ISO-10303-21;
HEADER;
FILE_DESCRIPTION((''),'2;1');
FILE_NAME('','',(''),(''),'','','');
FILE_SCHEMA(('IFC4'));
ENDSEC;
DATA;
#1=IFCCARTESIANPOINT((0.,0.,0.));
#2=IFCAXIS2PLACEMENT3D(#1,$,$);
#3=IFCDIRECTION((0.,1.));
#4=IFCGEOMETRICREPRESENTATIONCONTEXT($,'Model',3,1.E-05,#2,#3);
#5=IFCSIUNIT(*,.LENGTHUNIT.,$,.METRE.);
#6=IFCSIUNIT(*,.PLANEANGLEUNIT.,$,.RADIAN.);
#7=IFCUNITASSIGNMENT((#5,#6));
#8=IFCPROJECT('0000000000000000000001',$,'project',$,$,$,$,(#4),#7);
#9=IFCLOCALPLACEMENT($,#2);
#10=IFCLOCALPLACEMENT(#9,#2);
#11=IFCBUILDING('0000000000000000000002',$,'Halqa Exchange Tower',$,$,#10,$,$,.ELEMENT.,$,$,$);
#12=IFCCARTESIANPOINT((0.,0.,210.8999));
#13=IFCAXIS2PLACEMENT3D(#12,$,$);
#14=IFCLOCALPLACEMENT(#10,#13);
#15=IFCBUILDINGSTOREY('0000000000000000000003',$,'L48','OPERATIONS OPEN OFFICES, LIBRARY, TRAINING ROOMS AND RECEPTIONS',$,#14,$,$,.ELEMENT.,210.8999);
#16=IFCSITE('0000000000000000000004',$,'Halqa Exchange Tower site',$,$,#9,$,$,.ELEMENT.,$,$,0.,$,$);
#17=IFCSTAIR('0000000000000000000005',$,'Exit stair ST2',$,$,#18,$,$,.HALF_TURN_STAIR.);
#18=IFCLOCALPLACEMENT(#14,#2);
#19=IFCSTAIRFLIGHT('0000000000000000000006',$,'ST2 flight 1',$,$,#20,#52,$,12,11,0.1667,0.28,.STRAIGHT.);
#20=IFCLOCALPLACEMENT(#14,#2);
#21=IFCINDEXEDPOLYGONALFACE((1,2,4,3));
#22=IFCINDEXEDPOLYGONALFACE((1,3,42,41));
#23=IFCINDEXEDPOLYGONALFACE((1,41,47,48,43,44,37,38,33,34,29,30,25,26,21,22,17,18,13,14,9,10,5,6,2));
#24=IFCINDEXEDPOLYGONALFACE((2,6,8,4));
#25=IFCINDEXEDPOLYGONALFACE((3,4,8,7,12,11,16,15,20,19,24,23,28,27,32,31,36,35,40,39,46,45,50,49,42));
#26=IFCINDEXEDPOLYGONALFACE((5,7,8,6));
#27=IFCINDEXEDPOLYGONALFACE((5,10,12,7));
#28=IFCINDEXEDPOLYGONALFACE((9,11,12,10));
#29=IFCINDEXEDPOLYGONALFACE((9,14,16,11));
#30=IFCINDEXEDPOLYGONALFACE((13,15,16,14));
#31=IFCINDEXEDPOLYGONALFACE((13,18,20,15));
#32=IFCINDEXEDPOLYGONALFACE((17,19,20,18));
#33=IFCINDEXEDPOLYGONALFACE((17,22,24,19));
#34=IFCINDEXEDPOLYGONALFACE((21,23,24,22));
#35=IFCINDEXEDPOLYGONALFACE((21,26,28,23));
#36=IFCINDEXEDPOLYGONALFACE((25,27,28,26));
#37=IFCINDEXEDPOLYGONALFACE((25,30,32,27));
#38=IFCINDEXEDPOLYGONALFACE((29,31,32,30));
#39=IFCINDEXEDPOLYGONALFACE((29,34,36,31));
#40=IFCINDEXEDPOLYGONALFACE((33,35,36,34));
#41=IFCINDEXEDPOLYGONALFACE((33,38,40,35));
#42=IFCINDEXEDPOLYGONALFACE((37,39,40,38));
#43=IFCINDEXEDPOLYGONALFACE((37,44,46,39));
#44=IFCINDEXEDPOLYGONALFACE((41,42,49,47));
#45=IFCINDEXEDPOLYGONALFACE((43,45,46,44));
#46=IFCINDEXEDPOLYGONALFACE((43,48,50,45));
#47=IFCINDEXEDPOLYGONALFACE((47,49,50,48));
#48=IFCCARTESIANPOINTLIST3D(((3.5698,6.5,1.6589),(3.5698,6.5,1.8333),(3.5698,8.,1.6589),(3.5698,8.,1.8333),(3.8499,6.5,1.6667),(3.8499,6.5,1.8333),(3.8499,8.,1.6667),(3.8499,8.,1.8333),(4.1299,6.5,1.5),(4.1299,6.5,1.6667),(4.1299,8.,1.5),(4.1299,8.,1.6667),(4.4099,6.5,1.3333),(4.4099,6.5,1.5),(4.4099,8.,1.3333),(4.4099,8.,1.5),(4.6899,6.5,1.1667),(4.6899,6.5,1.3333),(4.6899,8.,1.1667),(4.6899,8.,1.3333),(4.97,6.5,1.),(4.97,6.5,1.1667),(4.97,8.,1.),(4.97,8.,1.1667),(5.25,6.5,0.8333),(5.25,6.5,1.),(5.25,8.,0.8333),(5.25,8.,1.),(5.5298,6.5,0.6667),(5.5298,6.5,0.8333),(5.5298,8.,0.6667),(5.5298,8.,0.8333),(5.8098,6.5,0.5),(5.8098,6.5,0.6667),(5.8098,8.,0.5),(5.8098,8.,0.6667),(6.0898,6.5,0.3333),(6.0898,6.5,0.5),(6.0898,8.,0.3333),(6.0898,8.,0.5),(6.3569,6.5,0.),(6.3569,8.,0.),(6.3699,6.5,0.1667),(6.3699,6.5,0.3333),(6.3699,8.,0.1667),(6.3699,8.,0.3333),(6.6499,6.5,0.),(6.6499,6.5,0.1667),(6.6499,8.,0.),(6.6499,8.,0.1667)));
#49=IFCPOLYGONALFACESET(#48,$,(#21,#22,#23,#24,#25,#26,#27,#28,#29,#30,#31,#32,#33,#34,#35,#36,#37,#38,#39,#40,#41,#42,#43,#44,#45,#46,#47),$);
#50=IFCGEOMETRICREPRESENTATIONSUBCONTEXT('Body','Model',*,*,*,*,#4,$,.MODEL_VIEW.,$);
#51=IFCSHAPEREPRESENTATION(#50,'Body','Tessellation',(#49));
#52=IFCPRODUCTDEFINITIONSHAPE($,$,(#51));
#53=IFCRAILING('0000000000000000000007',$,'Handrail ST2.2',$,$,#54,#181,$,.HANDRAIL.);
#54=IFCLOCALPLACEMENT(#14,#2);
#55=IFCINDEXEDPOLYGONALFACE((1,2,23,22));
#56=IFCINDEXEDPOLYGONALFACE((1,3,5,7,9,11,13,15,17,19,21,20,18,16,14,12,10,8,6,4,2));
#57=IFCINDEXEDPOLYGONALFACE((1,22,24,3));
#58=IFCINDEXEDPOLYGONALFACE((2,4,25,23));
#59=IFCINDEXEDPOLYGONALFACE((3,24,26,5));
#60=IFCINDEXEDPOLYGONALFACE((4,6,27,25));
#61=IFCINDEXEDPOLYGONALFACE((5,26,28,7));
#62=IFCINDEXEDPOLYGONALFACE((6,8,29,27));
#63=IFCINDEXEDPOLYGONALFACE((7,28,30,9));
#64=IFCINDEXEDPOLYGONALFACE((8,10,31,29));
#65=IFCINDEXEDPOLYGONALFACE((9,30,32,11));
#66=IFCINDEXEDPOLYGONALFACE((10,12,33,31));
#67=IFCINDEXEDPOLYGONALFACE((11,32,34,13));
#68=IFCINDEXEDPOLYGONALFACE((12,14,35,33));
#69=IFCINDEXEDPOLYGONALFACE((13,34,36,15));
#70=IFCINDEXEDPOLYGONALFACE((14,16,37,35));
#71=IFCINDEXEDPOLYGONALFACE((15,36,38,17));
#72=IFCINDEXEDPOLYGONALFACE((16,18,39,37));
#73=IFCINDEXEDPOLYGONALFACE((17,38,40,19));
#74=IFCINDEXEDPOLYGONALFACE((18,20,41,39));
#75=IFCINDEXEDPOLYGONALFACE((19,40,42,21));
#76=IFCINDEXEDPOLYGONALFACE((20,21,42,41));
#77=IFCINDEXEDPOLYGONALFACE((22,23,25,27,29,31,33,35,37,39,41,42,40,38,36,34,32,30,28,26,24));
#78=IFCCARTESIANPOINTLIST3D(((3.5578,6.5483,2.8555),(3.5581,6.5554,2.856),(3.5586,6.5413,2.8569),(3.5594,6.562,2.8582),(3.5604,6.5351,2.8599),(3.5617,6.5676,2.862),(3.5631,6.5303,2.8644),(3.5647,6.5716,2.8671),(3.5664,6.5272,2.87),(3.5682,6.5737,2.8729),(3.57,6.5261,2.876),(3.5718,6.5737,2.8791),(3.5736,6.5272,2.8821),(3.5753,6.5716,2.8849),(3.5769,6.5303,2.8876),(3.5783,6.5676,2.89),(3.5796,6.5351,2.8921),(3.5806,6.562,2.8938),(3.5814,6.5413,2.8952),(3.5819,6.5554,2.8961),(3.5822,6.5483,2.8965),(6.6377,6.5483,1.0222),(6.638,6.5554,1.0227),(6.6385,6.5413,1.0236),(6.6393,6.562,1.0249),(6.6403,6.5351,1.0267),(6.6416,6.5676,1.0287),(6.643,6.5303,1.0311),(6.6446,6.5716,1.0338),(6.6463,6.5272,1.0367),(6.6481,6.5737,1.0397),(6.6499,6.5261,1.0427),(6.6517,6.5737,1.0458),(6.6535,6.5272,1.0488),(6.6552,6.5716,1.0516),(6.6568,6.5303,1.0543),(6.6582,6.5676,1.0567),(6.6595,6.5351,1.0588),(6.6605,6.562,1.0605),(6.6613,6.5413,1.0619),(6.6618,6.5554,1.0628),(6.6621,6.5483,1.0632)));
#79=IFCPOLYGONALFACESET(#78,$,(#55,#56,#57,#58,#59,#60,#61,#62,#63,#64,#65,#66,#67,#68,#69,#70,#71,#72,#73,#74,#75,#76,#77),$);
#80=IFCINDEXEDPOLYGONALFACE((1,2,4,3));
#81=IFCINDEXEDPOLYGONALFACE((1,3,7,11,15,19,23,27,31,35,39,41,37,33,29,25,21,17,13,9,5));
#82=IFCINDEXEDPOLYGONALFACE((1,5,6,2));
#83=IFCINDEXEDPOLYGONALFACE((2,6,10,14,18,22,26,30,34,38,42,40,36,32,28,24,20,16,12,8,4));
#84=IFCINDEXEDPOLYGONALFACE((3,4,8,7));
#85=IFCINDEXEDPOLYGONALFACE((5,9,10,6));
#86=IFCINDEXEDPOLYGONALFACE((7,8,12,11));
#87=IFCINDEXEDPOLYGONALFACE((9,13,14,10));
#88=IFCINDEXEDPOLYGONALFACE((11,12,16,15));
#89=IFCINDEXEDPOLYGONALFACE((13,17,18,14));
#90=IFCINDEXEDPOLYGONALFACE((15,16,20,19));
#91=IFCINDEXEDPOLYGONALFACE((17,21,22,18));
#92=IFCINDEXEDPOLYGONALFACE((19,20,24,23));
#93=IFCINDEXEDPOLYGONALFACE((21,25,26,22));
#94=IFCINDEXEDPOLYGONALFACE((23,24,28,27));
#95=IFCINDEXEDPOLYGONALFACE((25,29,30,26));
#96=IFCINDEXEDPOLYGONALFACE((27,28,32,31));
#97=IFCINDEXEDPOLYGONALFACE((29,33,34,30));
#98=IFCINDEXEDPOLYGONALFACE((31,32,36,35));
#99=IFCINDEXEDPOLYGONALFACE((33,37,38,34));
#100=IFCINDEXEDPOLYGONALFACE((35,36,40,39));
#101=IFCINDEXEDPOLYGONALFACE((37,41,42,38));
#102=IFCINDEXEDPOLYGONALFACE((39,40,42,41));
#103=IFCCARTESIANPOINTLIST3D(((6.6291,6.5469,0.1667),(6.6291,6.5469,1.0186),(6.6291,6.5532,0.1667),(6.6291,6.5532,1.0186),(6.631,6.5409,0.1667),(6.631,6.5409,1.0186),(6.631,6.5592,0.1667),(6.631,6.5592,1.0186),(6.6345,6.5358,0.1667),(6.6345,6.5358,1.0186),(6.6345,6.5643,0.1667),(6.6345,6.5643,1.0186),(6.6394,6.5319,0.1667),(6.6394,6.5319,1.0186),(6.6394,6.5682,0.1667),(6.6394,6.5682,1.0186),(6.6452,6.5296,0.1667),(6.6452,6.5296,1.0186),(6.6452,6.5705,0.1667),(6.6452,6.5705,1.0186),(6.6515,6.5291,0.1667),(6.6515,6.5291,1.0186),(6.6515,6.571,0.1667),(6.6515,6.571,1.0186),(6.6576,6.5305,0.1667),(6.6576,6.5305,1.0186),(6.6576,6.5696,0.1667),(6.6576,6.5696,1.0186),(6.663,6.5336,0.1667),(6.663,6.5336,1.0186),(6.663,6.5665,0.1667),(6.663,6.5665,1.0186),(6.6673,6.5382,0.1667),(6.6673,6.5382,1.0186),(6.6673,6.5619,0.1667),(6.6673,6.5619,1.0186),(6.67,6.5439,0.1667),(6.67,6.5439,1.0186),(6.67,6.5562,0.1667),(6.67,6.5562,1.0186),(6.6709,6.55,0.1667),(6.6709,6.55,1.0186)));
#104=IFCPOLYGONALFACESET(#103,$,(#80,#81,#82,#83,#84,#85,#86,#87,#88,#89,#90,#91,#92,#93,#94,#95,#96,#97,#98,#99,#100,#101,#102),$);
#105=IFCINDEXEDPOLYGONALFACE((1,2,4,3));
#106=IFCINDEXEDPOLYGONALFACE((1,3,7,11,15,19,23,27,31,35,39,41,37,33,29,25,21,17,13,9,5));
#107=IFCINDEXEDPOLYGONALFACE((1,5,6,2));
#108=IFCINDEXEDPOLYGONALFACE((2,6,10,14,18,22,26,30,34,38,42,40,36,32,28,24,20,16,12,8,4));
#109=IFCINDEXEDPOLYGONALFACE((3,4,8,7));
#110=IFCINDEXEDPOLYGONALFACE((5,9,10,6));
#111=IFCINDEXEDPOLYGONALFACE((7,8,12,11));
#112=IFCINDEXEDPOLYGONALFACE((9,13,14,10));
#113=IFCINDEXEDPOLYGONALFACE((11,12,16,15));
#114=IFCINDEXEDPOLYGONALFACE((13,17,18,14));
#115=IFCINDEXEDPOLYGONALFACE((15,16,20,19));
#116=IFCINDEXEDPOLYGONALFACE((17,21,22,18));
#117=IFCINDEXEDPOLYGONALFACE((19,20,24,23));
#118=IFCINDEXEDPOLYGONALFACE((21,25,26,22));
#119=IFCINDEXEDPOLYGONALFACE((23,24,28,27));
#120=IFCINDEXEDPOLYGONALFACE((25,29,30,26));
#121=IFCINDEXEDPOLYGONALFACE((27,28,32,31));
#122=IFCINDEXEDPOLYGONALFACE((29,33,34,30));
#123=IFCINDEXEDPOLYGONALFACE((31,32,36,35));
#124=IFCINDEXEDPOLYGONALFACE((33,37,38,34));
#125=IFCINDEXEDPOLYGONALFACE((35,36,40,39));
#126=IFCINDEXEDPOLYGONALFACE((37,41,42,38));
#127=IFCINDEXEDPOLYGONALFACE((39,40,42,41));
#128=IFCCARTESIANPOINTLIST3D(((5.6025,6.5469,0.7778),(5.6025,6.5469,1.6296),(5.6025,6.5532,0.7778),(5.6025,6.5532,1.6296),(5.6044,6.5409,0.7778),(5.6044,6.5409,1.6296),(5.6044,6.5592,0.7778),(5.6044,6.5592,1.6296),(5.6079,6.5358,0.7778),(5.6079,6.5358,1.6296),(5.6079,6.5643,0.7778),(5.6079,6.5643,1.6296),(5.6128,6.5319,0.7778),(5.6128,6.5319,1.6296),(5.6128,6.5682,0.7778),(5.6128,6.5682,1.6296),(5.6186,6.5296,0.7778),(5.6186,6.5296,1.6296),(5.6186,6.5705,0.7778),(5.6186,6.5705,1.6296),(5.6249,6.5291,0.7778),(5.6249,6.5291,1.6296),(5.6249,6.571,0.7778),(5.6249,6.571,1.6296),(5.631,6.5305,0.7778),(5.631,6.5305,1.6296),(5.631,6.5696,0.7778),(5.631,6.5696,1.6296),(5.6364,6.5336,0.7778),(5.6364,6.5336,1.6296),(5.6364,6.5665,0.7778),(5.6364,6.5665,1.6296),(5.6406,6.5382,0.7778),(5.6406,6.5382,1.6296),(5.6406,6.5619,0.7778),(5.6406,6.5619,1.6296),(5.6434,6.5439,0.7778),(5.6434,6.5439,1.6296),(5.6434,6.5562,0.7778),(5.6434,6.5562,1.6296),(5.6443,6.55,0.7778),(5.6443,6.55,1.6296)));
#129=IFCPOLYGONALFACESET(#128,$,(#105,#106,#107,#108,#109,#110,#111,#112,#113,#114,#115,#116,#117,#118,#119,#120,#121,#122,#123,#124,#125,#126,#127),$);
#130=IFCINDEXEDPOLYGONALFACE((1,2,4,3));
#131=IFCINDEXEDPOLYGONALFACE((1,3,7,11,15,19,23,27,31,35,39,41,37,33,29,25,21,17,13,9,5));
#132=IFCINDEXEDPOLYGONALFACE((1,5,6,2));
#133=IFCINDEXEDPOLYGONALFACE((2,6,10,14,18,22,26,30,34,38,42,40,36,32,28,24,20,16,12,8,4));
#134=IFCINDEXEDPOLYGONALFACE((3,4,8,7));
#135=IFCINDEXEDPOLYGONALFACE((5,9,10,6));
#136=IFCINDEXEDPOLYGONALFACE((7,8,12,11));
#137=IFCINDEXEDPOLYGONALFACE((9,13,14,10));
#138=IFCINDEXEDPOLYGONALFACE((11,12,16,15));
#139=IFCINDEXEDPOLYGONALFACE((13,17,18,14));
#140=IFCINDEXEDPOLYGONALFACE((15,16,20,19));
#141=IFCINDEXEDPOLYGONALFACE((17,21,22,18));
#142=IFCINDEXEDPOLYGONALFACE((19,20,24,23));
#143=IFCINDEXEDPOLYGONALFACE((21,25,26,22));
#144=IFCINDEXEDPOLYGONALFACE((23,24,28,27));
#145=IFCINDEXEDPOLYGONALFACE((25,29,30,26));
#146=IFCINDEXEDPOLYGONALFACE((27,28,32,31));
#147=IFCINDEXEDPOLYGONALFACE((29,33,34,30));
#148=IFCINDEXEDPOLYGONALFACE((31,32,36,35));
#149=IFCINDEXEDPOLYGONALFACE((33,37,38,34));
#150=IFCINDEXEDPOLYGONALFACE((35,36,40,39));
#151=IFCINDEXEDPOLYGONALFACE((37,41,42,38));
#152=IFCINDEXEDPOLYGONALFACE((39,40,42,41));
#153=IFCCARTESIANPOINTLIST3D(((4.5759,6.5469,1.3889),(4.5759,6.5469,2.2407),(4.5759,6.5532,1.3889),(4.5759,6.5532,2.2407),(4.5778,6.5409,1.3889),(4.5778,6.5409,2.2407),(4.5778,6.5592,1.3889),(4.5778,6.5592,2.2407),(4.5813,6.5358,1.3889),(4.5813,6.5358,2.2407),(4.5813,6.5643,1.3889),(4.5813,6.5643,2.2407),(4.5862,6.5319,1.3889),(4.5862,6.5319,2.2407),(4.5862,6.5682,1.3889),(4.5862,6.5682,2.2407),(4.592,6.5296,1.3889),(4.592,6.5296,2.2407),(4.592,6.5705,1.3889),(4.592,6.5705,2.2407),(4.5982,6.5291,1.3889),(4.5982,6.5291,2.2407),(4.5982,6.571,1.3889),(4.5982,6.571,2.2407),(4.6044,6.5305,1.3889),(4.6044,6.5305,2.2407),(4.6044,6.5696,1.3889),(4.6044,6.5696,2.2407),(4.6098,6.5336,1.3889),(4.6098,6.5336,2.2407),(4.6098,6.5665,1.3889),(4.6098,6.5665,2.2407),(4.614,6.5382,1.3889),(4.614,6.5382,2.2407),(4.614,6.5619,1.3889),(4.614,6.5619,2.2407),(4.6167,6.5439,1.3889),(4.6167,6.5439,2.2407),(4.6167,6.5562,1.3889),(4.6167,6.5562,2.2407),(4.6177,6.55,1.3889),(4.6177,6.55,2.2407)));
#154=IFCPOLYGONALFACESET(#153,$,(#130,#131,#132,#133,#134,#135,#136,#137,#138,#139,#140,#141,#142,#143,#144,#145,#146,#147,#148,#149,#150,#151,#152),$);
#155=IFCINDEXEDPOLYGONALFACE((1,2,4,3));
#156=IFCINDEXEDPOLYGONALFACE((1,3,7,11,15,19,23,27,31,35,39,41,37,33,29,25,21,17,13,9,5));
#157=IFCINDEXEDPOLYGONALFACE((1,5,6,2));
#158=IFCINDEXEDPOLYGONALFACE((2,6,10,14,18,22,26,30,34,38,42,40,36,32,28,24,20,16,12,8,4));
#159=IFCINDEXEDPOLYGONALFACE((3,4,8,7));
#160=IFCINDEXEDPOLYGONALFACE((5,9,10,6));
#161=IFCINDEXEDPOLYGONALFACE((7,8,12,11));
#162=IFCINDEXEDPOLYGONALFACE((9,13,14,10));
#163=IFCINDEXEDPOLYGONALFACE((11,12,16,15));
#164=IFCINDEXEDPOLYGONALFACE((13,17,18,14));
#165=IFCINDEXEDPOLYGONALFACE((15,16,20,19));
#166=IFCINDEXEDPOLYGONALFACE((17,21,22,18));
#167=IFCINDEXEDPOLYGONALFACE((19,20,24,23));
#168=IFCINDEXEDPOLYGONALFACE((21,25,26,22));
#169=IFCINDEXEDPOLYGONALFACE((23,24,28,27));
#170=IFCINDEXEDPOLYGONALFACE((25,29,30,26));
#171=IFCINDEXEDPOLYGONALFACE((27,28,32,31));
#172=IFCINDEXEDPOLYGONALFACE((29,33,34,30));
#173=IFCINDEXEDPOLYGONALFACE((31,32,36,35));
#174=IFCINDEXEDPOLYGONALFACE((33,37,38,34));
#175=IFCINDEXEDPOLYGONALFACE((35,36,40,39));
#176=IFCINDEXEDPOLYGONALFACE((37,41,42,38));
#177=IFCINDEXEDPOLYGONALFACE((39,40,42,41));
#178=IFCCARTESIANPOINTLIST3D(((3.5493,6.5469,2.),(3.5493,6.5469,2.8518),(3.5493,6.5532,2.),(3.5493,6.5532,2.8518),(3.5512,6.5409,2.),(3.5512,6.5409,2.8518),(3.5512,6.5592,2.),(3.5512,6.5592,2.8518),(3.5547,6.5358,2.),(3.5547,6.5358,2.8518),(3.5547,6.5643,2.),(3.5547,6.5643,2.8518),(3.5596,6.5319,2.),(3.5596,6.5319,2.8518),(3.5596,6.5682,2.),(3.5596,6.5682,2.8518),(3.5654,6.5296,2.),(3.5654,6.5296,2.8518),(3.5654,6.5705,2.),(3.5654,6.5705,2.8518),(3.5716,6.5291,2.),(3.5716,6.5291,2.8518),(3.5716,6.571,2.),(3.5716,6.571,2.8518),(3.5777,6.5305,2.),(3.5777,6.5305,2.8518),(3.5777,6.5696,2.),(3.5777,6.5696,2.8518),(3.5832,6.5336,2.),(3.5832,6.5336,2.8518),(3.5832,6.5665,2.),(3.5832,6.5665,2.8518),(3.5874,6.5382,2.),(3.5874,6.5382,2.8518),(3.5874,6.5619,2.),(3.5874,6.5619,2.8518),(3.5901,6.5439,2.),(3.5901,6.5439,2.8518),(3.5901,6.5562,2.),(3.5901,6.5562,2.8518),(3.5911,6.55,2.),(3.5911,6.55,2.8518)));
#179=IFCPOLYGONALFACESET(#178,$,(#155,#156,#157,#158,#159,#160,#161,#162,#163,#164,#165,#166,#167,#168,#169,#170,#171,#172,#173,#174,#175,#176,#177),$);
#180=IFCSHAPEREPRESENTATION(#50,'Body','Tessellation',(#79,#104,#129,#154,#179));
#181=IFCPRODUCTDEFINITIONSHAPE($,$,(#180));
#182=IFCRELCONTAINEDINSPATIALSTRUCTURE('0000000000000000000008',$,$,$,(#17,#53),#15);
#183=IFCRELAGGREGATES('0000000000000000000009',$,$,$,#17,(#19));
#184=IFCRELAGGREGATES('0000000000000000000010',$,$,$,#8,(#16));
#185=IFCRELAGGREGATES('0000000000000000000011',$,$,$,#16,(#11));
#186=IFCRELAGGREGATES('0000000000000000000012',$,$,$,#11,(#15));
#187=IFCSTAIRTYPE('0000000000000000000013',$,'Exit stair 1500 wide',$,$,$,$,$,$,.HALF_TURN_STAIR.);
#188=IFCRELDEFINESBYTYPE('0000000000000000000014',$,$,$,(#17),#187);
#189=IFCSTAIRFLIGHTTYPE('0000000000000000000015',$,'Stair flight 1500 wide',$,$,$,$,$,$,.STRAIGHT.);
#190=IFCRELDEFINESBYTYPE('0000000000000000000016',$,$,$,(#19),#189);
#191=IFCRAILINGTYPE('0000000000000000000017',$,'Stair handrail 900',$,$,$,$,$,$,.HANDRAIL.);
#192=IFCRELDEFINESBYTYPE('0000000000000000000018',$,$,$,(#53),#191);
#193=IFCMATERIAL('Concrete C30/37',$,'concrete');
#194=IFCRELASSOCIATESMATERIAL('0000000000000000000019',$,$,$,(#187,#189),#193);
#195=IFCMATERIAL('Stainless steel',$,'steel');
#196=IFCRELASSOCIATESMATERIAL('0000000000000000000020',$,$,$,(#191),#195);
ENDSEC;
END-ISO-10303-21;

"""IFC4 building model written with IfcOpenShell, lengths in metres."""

from ifc_helpers import new_model, si_unit, direction, frame, origin, origin_2d, place, context, subcontext, project, spatial, polyline, circle, outline, extrude, material, type_object, element, aggregate, save


model = new_model("IFC4")

# Units and contexts
model_context = context("Model", 3, precision=1e-05, world=origin(), true_north=direction((0.0, 1.0)))
body_context = subcontext(model_context, "Body", "Model", "MODEL_VIEW")
ifc_project = project(units=[si_unit("LENGTHUNIT", "METRE"), si_unit("PLANEANGLEUNIT", "RADIAN")], contexts=[model_context])

# Site, building, storey
site_placement = place(None, origin())
site = spatial("IfcSite", under=ifc_project, at=site_placement, Name="Halqa Exchange Tower site", CompositionType="ELEMENT", RefElevation=0.0)
building_placement = place(site_placement, origin())
building = spatial("IfcBuilding", under=site, at=building_placement, Name="Halqa Exchange Tower", CompositionType="ELEMENT")
storey_placement = place(building_placement, frame((0.0, 0.0, 210.8999)))
storey = spatial("IfcBuildingStorey", under=building, at=storey_placement, Name="L48", Description="OPERATIONS OPEN OFFICES, LIBRARY, TRAINING ROOMS AND RECEPTIONS", CompositionType="ELEMENT", Elevation=210.8999)

# Stair
ifc_material_1 = material(Name="Concrete C30/37", Category="concrete")
stair_type = type_object("IfcStairType", Name="Exit stair 1500 wide", PredefinedType="HALF_TURN_STAIR", material=ifc_material_1)
stair_1_placement = place(storey_placement, origin())
stair_1 = element("IfcStair", 1, at=stair_1_placement, inside=storey, type_object=stair_type, Name="Exit stair ST2", PredefinedType="HALF_TURN_STAIR")

# Stair flight
stair_flight_type = type_object("IfcStairFlightType", Name="Stair flight 1500 wide", PredefinedType="STRAIGHT", material=ifc_material_1)
stair_flight_placement = place(storey_placement, frame((6.6499, 7.25, 0.0), z_axis=(0.0, 0.0, 1.0), x_axis=(-1.0, 0.0, 0.0)))
stair_flight = element("IfcStairFlight", 2, at=stair_flight_placement, type_object=stair_flight_type, Name="ST2 flight 1", NumberOfRisers=12, NumberOfTreads=11, PredefinedType="STRAIGHT", RiserHeight=0.1667, TreadLength=0.28, context=body_context, shape_type="SweptSolid", body=[
    extrude(outline(polyline([(0.0, 0.0), (0.0, 0.1667), (0.28, 0.1667), (0.28, 0.3333), (0.5601, 0.3333), (0.5601, 0.5), (0.8401, 0.5), (0.8401, 0.6667), (1.1201, 0.6667), (1.1201, 0.8333), (1.3999, 0.8333), (1.3999, 1.0), (1.6799, 1.0), (1.6799, 1.1667), (1.96, 1.1667), (1.96, 1.3333), (2.24, 1.3333), (2.24, 1.5), (2.52, 1.5), (2.52, 1.6667), (2.8, 1.6667), (2.8, 1.8333), (3.0801, 1.8333), (3.0801, 2.0), (3.0801, 1.6589), (0.293, 0.0), (0.0, 0.0)])), frame((0.0, 0.75, 0.0), z_axis=(0.0, -1.0, 0.0), x_axis=(1.0, 0.0, 0.0)), (0.0, 0.0, 1.0), 1.5),
])
aggregate(stair_1, [stair_flight])

# Railing
ifc_material_2 = material(Name="Stainless steel", Category="steel")
railing_type_1 = type_object("IfcRailingType", Name="Stair handrail 900", PredefinedType="HANDRAIL", material=ifc_material_2)
railing_1_placement = place(storey_placement, frame((6.6499, 6.55, 0.1667)))
element("IfcRailing", 3, at=railing_1_placement, inside=storey, type_object=railing_type_1, Name="Handrail ST2.2", PredefinedType="HANDRAIL", context=body_context, shape_type="SweptSolid", body=[
    extrude(circle(Radius=0.0239, at=origin_2d()), frame((0.0, 0.0, 0.876), z_axis=(-0.859291, 0.0, 0.511487), x_axis=(0.0, -1.0, 0.0)), (0.0, 0.0, 1.0), 3.5842),
    extrude(circle(Radius=0.021, at=origin_2d()), origin(), (0.0, 0.0, 1.0), 0.8518),
    extrude(circle(Radius=0.021, at=origin_2d()), frame((-1.0266, 0.0, 0.6111)), (0.0, 0.0, 1.0), 0.8518),
    extrude(circle(Radius=0.021, at=origin_2d()), frame((-2.0532, 0.0, 1.2222)), (0.0, 0.0, 1.0), 0.8518),
    extrude(circle(Radius=0.021, at=origin_2d()), frame((-3.0798, 0.0, 1.8333)), (0.0, 0.0, 1.0), 0.8518),
])

save(model, "model.ifc")
